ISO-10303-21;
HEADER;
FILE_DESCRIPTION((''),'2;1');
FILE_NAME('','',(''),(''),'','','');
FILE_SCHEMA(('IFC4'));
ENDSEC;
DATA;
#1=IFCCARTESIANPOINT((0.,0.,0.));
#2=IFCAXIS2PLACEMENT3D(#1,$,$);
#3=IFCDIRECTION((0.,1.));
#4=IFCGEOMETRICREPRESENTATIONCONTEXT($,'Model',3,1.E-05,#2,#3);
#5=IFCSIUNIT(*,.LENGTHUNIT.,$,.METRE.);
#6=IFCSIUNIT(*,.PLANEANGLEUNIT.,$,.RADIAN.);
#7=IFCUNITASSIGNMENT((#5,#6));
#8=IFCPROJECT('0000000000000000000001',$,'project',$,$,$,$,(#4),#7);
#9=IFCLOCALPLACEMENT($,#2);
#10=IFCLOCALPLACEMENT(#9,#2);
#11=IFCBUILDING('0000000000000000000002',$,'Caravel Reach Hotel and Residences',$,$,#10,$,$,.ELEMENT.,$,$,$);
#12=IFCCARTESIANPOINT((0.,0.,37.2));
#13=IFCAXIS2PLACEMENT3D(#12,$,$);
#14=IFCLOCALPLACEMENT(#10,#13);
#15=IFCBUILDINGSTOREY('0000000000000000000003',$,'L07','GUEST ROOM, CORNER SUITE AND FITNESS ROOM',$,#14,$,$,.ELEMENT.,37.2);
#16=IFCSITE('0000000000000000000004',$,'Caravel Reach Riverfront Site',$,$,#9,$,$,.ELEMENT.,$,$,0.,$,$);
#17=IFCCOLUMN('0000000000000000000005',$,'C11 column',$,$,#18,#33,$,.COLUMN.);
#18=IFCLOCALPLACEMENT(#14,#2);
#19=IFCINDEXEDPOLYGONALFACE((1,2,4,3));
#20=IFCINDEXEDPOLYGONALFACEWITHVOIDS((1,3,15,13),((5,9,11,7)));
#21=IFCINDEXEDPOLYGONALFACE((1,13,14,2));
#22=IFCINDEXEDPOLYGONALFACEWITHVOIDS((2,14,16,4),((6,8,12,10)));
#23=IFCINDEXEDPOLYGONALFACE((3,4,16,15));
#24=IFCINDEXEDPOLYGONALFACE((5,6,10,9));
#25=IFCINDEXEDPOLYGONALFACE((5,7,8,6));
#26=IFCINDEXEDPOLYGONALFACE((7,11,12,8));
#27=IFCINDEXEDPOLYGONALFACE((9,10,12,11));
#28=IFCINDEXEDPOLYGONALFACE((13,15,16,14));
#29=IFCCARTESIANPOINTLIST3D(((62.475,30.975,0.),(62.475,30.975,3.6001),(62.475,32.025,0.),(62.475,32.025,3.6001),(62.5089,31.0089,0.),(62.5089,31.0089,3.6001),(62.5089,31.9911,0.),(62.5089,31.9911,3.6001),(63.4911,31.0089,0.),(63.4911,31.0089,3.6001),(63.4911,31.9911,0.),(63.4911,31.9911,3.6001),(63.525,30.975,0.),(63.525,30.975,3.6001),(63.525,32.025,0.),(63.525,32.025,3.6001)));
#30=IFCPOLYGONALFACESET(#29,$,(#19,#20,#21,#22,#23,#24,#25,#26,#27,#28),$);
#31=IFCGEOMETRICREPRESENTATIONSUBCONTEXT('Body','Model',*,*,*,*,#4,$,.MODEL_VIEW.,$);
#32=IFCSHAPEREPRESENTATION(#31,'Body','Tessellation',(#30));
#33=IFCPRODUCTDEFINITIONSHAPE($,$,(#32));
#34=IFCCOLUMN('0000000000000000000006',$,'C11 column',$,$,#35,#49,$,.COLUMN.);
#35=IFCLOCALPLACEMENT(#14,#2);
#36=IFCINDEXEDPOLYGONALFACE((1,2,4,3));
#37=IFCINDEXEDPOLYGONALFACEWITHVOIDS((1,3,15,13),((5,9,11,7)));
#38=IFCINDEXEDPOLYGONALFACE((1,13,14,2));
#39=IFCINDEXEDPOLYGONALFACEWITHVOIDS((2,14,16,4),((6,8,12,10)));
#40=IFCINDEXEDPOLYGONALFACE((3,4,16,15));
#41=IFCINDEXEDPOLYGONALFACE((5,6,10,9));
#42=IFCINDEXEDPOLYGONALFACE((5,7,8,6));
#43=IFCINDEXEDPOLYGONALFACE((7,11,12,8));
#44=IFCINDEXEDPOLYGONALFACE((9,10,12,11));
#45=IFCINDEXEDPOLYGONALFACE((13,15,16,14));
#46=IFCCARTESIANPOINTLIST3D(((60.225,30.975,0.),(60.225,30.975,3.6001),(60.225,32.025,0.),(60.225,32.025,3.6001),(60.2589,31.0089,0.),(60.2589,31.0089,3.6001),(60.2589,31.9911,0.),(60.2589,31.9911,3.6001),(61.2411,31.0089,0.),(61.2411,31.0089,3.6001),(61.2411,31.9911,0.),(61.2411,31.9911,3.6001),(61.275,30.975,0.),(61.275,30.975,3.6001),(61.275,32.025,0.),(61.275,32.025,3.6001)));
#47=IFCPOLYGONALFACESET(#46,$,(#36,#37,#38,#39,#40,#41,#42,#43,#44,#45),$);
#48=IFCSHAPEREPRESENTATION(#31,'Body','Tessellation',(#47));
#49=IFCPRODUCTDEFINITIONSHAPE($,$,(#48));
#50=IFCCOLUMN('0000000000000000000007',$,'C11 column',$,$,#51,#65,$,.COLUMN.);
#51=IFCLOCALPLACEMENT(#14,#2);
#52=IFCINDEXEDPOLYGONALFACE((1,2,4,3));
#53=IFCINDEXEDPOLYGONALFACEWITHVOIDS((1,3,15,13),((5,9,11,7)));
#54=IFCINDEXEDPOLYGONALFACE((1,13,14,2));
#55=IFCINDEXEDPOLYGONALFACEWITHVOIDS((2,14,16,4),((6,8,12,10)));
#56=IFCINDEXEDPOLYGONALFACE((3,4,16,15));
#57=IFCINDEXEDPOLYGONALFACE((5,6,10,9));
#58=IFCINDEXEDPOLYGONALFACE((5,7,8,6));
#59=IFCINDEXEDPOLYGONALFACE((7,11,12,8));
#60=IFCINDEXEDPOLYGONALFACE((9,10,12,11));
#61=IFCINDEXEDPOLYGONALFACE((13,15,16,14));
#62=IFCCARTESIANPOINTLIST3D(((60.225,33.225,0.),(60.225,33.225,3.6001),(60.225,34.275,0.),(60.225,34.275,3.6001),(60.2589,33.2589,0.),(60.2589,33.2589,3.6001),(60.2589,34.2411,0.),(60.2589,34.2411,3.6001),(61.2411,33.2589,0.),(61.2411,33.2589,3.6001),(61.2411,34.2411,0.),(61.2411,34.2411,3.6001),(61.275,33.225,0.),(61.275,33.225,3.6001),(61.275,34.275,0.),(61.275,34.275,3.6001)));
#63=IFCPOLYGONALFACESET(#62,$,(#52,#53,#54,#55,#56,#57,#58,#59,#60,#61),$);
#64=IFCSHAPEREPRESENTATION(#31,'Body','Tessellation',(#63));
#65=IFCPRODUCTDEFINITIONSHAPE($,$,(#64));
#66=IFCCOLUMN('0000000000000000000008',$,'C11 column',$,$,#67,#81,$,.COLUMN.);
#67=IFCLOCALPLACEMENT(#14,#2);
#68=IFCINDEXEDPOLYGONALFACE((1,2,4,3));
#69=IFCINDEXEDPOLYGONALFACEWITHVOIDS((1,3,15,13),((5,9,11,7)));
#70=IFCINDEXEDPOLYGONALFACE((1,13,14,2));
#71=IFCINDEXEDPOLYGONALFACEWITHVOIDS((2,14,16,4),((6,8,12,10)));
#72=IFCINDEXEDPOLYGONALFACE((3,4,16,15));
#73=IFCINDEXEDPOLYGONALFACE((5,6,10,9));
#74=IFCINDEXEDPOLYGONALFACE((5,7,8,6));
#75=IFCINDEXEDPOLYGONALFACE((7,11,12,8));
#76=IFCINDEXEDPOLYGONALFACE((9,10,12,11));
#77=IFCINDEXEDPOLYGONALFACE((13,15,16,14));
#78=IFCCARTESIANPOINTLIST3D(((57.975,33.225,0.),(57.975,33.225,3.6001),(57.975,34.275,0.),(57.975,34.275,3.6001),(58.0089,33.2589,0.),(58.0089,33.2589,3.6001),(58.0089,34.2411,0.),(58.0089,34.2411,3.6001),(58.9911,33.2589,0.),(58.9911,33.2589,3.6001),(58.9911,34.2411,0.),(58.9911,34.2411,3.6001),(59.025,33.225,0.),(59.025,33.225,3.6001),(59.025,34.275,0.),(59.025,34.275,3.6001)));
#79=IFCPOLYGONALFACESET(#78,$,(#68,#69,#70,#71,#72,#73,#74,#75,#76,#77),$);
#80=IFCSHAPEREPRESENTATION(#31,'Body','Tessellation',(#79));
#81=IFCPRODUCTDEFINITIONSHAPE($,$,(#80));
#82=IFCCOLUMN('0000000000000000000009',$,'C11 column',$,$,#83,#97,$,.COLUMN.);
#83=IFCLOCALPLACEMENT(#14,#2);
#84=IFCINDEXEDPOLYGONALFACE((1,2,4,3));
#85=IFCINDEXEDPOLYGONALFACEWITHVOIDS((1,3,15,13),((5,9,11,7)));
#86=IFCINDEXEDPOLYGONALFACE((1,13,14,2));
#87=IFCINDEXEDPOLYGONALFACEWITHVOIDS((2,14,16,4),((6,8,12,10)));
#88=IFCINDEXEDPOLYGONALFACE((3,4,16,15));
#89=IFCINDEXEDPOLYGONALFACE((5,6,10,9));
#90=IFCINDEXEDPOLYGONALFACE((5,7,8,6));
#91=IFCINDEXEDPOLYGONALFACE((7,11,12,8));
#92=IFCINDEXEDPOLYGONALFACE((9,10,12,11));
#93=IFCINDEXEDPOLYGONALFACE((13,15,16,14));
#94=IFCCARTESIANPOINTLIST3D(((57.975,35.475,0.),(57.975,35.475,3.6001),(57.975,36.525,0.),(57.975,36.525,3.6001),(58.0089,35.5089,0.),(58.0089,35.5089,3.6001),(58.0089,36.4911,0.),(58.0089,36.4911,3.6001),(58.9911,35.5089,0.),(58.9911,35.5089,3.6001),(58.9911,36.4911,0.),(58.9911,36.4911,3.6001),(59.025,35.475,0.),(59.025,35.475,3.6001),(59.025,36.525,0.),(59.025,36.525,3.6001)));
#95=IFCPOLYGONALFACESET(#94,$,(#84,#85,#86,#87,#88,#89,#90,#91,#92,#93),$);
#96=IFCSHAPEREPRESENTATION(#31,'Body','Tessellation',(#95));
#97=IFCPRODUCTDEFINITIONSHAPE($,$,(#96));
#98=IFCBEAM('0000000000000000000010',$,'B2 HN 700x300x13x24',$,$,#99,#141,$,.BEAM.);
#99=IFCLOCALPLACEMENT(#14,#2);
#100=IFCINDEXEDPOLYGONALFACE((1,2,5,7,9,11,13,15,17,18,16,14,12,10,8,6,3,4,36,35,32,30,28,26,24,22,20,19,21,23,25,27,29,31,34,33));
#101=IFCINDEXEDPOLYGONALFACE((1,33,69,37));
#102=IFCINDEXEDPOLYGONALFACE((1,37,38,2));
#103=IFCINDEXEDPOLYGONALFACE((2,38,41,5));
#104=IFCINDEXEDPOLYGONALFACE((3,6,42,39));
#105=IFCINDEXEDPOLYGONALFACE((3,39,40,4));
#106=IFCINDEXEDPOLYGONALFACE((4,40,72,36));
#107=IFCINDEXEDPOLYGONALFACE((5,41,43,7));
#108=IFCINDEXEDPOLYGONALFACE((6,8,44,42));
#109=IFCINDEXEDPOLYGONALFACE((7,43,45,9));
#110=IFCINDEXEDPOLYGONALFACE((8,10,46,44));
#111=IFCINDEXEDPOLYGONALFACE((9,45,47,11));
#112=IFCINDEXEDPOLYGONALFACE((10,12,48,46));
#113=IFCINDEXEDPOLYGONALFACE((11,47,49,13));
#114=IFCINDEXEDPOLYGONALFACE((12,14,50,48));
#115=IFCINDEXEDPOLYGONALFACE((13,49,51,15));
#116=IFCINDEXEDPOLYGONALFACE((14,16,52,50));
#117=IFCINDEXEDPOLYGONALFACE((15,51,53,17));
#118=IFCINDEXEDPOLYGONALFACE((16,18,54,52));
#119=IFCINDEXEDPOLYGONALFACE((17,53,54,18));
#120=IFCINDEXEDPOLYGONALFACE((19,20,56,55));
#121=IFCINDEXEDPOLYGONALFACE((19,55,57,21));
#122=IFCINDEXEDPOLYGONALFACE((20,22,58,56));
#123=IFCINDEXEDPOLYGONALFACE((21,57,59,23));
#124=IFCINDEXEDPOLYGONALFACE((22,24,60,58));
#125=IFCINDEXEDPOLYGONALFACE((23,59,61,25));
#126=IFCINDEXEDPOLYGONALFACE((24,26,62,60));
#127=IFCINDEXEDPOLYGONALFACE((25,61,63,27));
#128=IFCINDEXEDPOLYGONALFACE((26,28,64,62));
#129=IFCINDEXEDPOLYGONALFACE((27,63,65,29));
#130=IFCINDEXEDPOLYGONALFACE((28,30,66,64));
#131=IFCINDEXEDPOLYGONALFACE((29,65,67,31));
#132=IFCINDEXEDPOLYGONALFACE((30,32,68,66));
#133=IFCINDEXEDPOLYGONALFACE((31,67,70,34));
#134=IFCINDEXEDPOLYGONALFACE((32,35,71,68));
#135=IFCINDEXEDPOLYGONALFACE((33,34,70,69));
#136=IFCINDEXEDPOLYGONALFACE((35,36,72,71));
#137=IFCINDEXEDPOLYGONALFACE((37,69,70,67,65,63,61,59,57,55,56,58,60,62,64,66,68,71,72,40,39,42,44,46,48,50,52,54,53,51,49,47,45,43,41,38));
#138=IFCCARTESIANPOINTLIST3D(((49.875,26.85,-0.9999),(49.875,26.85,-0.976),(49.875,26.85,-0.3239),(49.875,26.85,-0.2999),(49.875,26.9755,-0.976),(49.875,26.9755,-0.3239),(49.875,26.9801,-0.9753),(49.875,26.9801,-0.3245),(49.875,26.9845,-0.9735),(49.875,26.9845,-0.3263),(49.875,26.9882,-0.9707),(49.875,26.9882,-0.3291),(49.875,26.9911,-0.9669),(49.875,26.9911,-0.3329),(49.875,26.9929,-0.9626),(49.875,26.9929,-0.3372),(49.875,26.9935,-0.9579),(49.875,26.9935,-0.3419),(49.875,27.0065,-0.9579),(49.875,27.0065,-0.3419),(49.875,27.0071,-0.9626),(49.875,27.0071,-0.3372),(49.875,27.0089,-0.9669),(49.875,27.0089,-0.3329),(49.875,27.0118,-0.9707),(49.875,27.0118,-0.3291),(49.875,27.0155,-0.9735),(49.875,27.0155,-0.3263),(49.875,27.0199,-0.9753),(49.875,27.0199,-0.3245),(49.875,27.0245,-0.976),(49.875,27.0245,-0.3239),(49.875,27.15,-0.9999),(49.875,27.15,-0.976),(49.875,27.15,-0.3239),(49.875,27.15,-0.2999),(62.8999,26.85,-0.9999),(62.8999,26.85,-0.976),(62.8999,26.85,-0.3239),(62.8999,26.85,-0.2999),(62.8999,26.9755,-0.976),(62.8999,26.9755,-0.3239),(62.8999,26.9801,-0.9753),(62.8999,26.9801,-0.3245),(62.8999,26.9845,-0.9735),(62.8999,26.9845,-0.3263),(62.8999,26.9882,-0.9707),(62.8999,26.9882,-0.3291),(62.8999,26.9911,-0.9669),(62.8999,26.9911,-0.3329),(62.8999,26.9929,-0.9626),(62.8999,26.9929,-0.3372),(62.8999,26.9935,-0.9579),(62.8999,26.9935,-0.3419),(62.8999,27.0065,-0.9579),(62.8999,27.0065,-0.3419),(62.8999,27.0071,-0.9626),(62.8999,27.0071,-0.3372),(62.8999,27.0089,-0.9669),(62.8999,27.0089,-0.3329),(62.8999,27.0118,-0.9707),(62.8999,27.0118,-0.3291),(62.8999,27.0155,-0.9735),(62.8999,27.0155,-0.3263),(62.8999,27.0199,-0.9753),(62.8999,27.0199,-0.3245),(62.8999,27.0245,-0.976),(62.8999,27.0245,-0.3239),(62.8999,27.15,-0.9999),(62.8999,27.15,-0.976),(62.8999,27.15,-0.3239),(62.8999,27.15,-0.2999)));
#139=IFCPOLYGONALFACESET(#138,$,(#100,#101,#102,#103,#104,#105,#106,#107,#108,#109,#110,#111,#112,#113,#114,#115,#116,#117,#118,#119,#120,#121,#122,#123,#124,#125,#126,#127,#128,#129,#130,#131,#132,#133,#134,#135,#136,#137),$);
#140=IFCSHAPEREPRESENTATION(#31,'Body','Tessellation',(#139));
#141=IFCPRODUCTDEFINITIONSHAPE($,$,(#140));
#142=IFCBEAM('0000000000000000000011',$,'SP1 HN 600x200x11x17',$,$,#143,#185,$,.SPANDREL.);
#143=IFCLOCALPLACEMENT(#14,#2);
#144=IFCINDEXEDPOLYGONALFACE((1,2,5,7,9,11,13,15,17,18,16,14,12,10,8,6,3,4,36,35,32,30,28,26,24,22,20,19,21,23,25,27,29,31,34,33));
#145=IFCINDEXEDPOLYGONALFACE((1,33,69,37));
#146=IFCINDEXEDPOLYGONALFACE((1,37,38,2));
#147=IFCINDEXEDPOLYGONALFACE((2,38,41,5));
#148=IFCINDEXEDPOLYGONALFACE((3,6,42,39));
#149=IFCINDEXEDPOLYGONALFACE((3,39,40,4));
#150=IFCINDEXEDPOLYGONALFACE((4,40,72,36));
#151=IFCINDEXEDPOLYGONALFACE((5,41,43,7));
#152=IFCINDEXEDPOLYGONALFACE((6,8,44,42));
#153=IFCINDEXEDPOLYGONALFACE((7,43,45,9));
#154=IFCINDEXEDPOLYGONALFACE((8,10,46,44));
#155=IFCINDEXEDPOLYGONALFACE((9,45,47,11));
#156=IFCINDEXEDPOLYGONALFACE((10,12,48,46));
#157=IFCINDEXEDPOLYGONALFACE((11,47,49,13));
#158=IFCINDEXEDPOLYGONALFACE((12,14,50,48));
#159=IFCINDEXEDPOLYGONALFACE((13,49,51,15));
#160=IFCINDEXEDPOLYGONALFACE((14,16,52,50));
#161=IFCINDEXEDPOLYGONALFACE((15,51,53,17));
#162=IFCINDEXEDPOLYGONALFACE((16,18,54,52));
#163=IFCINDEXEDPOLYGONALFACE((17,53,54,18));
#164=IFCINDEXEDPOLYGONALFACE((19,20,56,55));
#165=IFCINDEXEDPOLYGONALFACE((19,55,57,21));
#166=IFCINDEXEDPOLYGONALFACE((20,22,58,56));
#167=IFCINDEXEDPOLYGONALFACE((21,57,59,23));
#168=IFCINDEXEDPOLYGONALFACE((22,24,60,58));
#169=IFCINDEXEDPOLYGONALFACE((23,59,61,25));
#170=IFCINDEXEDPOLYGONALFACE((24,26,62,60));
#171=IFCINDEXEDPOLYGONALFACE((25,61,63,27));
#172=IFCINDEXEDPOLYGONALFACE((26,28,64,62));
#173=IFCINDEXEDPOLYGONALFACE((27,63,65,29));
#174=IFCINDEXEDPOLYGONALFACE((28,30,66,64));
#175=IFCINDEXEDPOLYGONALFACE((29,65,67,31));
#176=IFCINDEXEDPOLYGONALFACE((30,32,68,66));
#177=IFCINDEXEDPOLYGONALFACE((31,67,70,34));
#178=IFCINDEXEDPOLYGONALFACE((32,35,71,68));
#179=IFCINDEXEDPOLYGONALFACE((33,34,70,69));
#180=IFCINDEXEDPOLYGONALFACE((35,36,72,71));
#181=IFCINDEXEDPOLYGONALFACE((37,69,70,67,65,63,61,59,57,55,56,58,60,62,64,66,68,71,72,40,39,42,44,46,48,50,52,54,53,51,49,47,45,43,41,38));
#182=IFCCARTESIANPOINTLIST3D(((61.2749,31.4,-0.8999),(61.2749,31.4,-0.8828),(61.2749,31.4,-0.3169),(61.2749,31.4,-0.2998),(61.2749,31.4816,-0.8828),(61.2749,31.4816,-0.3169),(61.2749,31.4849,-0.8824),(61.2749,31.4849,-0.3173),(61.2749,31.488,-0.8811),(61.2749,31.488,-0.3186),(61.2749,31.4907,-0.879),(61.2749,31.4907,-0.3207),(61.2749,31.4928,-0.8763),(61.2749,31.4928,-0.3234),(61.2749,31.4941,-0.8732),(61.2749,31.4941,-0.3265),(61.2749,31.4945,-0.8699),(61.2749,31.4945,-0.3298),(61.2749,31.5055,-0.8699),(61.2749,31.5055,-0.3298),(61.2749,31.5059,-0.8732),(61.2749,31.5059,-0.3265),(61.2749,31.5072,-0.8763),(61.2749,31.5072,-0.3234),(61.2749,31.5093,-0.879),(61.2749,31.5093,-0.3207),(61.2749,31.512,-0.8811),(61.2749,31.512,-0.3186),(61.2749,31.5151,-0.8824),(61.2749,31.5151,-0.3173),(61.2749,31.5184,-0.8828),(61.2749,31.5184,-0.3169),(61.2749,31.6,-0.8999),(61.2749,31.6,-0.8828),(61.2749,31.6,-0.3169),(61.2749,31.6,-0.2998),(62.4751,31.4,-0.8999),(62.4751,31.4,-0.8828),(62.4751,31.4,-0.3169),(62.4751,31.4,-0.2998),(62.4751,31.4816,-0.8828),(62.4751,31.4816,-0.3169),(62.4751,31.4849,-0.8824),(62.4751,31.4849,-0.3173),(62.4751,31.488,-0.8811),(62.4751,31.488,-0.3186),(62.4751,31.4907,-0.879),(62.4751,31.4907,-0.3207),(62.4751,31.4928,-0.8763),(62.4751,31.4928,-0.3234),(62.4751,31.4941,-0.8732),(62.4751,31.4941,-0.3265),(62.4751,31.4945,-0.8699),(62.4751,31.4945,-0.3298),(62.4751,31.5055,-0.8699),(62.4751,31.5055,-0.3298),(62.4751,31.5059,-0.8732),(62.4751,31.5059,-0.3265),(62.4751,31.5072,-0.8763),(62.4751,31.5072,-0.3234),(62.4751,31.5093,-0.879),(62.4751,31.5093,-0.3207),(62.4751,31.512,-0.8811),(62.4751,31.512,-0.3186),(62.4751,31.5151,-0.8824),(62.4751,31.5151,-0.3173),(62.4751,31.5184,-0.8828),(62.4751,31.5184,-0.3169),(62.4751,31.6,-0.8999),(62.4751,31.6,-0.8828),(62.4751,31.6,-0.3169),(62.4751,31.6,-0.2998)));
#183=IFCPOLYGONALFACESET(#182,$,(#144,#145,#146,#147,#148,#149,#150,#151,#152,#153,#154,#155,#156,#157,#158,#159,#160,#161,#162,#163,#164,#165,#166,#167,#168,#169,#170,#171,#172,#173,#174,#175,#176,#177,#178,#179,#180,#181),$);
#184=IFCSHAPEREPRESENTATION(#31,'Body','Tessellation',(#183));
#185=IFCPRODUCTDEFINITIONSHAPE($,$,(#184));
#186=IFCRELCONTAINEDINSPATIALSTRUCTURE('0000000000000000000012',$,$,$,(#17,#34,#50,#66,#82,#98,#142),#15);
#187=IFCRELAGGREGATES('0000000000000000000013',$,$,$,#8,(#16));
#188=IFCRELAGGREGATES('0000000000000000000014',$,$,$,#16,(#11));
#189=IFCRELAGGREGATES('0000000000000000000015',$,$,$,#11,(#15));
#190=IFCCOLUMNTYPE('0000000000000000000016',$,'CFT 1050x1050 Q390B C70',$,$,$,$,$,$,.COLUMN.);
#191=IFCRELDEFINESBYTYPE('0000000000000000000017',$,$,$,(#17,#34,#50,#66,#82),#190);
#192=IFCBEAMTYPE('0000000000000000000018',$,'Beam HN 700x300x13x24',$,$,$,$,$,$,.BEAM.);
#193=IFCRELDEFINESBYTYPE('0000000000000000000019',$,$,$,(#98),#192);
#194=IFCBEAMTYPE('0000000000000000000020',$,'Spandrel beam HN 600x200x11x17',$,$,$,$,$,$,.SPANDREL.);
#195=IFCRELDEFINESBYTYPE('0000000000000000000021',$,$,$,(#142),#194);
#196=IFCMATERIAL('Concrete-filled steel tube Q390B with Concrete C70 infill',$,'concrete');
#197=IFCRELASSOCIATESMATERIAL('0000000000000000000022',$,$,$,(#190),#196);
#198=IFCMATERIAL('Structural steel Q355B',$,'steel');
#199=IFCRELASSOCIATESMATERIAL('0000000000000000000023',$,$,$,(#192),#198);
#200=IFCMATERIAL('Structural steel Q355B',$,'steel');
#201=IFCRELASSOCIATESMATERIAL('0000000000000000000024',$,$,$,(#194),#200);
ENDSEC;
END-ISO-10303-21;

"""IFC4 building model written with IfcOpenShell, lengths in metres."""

from ifc_helpers import new_model, si_unit, direction, frame, origin, origin_2d, place, context, subcontext, project, spatial, hollow_rectangle, i_section, extrude, material, material_profile, profile_set, type_object, element, save


model = new_model("IFC4")

# Units and contexts
model_context = context("Model", 3, precision=1e-05, world=origin(), true_north=direction((0.0, 1.0)))
body_context = subcontext(model_context, "Body", "Model", "MODEL_VIEW")
ifc_project = project(units=[si_unit("LENGTHUNIT", "METRE"), si_unit("PLANEANGLEUNIT", "RADIAN")], contexts=[model_context])

# Site, building, storey
site_placement = place(None, origin())
site = spatial("IfcSite", under=ifc_project, at=site_placement, Name="Caravel Reach Riverfront Site", CompositionType="ELEMENT", RefElevation=0.0)
building_placement = place(site_placement, origin())
building = spatial("IfcBuilding", under=site, at=building_placement, Name="Caravel Reach Hotel and Residences", CompositionType="ELEMENT")
storey_placement = place(building_placement, frame((0.0, 0.0, 37.2)))
storey = spatial("IfcBuildingStorey", under=building, at=storey_placement, Name="L07", Description="GUEST ROOM, CORNER SUITE AND FITNESS ROOM", CompositionType="ELEMENT", Elevation=37.2)

# Columns
ifc_material_1 = material(Name="Concrete-filled steel tube Q390B with Concrete C70 infill", Category="concrete")
ifc_material_profile_1 = material_profile(ifc_material_1, hollow_rectangle(XDim=1.05, YDim=1.05, WallThickness=0.0339, at=origin_2d()), Name="RHS 1050x1050x34")
ifc_profile_set_1 = profile_set([ifc_material_profile_1], Name="Concrete-filled steel tube Q390B with Concrete C70 infill")
column_type = type_object("IfcColumnType", Name="CFT 1050x1050 Q390B C70", PredefinedType="COLUMN", material=ifc_profile_set_1)
for number, where, z_axis, x_axis, name in (
    (1, (63.0, 31.5, 0.0), (0.0, 0.0, 1.0), (1.0, 0.0, 0.0), "C11 column"),
    (2, (60.75, 31.5, 0.0), (0.0, 0.0, 1.0), (1.0, 0.0, 0.0), "C11 column"),
    (3, (60.75, 33.75, 0.0), (0.0, 0.0, 1.0), (1.0, 0.0, 0.0), "C11 column"),
    (4, (58.5, 33.75, 0.0), (0.0, 0.0, 1.0), (1.0, 0.0, 0.0), "C11 column"),
    (5, (58.5, 36.0, 0.0), (0.0, 0.0, 1.0), (1.0, 0.0, 0.0), "C11 column"),
):
    element("IfcColumn", number, at=place(storey_placement, frame(where, z_axis=z_axis, x_axis=x_axis)), inside=storey, type_object=column_type, Name=name, PredefinedType="COLUMN", context=body_context, shape_type="SweptSolid", body=[
        extrude(hollow_rectangle(XDim=1.05, YDim=1.05, WallThickness=0.0339, at=origin_2d()), origin(), (0.0, 0.0, 1.0), 3.6001),
    ])

# Beams
ifc_material_2 = material(Name="Structural steel Q355B", Category="steel")
ifc_material_profile_2 = material_profile(ifc_material_2, i_section(OverallWidth=0.3, OverallDepth=0.7, WebThickness=0.0129, FlangeThickness=0.0239, FilletRadius=0.0181, at=origin_2d()), Name="HN 700x300x13x24")
ifc_profile_set_2 = profile_set([ifc_material_profile_2], Name="Structural steel Q355B")
beam_type_1 = type_object("IfcBeamType", Name="Beam HN 700x300x13x24", PredefinedType="BEAM", material=ifc_profile_set_2)
beam_1_placement = place(storey_placement, frame((49.875, 27.0, -0.6499), z_axis=(1.0, 0.0, 0.0), x_axis=(0.0, 1.0, 0.0)))
element("IfcBeam", 6, at=beam_1_placement, inside=storey, type_object=beam_type_1, Name="B2 HN 700x300x13x24", PredefinedType="BEAM", context=body_context, shape_type="SweptSolid", body=[
    extrude(i_section(OverallWidth=0.3, OverallDepth=0.7, WebThickness=0.0129, FlangeThickness=0.0239, FilletRadius=0.0181, at=origin_2d()), origin(), (0.0, 0.0, 1.0), 13.0249),
])
ifc_material_3 = material(Name="Structural steel Q355B", Category="steel")
ifc_material_profile_3 = material_profile(ifc_material_3, i_section(OverallWidth=0.2, OverallDepth=0.6001, WebThickness=0.011, FlangeThickness=0.0171, FilletRadius=0.0129, at=origin_2d()), Name="HN 600x200x11x17")
ifc_profile_set_3 = profile_set([ifc_material_profile_3], Name="Structural steel Q355B")
beam_type_2 = type_object("IfcBeamType", Name="Spandrel beam HN 600x200x11x17", PredefinedType="SPANDREL", material=ifc_profile_set_3)
for number, where, z_axis, x_axis, name in (
    (7, (62.4751, 31.5, -0.5999), (-1.0, 0.0, 0.0), (0.0, -1.0, 0.0), "SP1 HN 600x200x11x17"),
):
    element("IfcBeam", number, at=place(storey_placement, frame(where, z_axis=z_axis, x_axis=x_axis)), inside=storey, type_object=beam_type_2, Name=name, PredefinedType="SPANDREL", context=body_context, shape_type="SweptSolid", body=[
        extrude(i_section(OverallWidth=0.2, OverallDepth=0.6001, WebThickness=0.011, FlangeThickness=0.0171, FilletRadius=0.0129, at=origin_2d()), origin(), (0.0, 0.0, 1.0), 1.2002),
    ])

save(model, "model.ifc")
